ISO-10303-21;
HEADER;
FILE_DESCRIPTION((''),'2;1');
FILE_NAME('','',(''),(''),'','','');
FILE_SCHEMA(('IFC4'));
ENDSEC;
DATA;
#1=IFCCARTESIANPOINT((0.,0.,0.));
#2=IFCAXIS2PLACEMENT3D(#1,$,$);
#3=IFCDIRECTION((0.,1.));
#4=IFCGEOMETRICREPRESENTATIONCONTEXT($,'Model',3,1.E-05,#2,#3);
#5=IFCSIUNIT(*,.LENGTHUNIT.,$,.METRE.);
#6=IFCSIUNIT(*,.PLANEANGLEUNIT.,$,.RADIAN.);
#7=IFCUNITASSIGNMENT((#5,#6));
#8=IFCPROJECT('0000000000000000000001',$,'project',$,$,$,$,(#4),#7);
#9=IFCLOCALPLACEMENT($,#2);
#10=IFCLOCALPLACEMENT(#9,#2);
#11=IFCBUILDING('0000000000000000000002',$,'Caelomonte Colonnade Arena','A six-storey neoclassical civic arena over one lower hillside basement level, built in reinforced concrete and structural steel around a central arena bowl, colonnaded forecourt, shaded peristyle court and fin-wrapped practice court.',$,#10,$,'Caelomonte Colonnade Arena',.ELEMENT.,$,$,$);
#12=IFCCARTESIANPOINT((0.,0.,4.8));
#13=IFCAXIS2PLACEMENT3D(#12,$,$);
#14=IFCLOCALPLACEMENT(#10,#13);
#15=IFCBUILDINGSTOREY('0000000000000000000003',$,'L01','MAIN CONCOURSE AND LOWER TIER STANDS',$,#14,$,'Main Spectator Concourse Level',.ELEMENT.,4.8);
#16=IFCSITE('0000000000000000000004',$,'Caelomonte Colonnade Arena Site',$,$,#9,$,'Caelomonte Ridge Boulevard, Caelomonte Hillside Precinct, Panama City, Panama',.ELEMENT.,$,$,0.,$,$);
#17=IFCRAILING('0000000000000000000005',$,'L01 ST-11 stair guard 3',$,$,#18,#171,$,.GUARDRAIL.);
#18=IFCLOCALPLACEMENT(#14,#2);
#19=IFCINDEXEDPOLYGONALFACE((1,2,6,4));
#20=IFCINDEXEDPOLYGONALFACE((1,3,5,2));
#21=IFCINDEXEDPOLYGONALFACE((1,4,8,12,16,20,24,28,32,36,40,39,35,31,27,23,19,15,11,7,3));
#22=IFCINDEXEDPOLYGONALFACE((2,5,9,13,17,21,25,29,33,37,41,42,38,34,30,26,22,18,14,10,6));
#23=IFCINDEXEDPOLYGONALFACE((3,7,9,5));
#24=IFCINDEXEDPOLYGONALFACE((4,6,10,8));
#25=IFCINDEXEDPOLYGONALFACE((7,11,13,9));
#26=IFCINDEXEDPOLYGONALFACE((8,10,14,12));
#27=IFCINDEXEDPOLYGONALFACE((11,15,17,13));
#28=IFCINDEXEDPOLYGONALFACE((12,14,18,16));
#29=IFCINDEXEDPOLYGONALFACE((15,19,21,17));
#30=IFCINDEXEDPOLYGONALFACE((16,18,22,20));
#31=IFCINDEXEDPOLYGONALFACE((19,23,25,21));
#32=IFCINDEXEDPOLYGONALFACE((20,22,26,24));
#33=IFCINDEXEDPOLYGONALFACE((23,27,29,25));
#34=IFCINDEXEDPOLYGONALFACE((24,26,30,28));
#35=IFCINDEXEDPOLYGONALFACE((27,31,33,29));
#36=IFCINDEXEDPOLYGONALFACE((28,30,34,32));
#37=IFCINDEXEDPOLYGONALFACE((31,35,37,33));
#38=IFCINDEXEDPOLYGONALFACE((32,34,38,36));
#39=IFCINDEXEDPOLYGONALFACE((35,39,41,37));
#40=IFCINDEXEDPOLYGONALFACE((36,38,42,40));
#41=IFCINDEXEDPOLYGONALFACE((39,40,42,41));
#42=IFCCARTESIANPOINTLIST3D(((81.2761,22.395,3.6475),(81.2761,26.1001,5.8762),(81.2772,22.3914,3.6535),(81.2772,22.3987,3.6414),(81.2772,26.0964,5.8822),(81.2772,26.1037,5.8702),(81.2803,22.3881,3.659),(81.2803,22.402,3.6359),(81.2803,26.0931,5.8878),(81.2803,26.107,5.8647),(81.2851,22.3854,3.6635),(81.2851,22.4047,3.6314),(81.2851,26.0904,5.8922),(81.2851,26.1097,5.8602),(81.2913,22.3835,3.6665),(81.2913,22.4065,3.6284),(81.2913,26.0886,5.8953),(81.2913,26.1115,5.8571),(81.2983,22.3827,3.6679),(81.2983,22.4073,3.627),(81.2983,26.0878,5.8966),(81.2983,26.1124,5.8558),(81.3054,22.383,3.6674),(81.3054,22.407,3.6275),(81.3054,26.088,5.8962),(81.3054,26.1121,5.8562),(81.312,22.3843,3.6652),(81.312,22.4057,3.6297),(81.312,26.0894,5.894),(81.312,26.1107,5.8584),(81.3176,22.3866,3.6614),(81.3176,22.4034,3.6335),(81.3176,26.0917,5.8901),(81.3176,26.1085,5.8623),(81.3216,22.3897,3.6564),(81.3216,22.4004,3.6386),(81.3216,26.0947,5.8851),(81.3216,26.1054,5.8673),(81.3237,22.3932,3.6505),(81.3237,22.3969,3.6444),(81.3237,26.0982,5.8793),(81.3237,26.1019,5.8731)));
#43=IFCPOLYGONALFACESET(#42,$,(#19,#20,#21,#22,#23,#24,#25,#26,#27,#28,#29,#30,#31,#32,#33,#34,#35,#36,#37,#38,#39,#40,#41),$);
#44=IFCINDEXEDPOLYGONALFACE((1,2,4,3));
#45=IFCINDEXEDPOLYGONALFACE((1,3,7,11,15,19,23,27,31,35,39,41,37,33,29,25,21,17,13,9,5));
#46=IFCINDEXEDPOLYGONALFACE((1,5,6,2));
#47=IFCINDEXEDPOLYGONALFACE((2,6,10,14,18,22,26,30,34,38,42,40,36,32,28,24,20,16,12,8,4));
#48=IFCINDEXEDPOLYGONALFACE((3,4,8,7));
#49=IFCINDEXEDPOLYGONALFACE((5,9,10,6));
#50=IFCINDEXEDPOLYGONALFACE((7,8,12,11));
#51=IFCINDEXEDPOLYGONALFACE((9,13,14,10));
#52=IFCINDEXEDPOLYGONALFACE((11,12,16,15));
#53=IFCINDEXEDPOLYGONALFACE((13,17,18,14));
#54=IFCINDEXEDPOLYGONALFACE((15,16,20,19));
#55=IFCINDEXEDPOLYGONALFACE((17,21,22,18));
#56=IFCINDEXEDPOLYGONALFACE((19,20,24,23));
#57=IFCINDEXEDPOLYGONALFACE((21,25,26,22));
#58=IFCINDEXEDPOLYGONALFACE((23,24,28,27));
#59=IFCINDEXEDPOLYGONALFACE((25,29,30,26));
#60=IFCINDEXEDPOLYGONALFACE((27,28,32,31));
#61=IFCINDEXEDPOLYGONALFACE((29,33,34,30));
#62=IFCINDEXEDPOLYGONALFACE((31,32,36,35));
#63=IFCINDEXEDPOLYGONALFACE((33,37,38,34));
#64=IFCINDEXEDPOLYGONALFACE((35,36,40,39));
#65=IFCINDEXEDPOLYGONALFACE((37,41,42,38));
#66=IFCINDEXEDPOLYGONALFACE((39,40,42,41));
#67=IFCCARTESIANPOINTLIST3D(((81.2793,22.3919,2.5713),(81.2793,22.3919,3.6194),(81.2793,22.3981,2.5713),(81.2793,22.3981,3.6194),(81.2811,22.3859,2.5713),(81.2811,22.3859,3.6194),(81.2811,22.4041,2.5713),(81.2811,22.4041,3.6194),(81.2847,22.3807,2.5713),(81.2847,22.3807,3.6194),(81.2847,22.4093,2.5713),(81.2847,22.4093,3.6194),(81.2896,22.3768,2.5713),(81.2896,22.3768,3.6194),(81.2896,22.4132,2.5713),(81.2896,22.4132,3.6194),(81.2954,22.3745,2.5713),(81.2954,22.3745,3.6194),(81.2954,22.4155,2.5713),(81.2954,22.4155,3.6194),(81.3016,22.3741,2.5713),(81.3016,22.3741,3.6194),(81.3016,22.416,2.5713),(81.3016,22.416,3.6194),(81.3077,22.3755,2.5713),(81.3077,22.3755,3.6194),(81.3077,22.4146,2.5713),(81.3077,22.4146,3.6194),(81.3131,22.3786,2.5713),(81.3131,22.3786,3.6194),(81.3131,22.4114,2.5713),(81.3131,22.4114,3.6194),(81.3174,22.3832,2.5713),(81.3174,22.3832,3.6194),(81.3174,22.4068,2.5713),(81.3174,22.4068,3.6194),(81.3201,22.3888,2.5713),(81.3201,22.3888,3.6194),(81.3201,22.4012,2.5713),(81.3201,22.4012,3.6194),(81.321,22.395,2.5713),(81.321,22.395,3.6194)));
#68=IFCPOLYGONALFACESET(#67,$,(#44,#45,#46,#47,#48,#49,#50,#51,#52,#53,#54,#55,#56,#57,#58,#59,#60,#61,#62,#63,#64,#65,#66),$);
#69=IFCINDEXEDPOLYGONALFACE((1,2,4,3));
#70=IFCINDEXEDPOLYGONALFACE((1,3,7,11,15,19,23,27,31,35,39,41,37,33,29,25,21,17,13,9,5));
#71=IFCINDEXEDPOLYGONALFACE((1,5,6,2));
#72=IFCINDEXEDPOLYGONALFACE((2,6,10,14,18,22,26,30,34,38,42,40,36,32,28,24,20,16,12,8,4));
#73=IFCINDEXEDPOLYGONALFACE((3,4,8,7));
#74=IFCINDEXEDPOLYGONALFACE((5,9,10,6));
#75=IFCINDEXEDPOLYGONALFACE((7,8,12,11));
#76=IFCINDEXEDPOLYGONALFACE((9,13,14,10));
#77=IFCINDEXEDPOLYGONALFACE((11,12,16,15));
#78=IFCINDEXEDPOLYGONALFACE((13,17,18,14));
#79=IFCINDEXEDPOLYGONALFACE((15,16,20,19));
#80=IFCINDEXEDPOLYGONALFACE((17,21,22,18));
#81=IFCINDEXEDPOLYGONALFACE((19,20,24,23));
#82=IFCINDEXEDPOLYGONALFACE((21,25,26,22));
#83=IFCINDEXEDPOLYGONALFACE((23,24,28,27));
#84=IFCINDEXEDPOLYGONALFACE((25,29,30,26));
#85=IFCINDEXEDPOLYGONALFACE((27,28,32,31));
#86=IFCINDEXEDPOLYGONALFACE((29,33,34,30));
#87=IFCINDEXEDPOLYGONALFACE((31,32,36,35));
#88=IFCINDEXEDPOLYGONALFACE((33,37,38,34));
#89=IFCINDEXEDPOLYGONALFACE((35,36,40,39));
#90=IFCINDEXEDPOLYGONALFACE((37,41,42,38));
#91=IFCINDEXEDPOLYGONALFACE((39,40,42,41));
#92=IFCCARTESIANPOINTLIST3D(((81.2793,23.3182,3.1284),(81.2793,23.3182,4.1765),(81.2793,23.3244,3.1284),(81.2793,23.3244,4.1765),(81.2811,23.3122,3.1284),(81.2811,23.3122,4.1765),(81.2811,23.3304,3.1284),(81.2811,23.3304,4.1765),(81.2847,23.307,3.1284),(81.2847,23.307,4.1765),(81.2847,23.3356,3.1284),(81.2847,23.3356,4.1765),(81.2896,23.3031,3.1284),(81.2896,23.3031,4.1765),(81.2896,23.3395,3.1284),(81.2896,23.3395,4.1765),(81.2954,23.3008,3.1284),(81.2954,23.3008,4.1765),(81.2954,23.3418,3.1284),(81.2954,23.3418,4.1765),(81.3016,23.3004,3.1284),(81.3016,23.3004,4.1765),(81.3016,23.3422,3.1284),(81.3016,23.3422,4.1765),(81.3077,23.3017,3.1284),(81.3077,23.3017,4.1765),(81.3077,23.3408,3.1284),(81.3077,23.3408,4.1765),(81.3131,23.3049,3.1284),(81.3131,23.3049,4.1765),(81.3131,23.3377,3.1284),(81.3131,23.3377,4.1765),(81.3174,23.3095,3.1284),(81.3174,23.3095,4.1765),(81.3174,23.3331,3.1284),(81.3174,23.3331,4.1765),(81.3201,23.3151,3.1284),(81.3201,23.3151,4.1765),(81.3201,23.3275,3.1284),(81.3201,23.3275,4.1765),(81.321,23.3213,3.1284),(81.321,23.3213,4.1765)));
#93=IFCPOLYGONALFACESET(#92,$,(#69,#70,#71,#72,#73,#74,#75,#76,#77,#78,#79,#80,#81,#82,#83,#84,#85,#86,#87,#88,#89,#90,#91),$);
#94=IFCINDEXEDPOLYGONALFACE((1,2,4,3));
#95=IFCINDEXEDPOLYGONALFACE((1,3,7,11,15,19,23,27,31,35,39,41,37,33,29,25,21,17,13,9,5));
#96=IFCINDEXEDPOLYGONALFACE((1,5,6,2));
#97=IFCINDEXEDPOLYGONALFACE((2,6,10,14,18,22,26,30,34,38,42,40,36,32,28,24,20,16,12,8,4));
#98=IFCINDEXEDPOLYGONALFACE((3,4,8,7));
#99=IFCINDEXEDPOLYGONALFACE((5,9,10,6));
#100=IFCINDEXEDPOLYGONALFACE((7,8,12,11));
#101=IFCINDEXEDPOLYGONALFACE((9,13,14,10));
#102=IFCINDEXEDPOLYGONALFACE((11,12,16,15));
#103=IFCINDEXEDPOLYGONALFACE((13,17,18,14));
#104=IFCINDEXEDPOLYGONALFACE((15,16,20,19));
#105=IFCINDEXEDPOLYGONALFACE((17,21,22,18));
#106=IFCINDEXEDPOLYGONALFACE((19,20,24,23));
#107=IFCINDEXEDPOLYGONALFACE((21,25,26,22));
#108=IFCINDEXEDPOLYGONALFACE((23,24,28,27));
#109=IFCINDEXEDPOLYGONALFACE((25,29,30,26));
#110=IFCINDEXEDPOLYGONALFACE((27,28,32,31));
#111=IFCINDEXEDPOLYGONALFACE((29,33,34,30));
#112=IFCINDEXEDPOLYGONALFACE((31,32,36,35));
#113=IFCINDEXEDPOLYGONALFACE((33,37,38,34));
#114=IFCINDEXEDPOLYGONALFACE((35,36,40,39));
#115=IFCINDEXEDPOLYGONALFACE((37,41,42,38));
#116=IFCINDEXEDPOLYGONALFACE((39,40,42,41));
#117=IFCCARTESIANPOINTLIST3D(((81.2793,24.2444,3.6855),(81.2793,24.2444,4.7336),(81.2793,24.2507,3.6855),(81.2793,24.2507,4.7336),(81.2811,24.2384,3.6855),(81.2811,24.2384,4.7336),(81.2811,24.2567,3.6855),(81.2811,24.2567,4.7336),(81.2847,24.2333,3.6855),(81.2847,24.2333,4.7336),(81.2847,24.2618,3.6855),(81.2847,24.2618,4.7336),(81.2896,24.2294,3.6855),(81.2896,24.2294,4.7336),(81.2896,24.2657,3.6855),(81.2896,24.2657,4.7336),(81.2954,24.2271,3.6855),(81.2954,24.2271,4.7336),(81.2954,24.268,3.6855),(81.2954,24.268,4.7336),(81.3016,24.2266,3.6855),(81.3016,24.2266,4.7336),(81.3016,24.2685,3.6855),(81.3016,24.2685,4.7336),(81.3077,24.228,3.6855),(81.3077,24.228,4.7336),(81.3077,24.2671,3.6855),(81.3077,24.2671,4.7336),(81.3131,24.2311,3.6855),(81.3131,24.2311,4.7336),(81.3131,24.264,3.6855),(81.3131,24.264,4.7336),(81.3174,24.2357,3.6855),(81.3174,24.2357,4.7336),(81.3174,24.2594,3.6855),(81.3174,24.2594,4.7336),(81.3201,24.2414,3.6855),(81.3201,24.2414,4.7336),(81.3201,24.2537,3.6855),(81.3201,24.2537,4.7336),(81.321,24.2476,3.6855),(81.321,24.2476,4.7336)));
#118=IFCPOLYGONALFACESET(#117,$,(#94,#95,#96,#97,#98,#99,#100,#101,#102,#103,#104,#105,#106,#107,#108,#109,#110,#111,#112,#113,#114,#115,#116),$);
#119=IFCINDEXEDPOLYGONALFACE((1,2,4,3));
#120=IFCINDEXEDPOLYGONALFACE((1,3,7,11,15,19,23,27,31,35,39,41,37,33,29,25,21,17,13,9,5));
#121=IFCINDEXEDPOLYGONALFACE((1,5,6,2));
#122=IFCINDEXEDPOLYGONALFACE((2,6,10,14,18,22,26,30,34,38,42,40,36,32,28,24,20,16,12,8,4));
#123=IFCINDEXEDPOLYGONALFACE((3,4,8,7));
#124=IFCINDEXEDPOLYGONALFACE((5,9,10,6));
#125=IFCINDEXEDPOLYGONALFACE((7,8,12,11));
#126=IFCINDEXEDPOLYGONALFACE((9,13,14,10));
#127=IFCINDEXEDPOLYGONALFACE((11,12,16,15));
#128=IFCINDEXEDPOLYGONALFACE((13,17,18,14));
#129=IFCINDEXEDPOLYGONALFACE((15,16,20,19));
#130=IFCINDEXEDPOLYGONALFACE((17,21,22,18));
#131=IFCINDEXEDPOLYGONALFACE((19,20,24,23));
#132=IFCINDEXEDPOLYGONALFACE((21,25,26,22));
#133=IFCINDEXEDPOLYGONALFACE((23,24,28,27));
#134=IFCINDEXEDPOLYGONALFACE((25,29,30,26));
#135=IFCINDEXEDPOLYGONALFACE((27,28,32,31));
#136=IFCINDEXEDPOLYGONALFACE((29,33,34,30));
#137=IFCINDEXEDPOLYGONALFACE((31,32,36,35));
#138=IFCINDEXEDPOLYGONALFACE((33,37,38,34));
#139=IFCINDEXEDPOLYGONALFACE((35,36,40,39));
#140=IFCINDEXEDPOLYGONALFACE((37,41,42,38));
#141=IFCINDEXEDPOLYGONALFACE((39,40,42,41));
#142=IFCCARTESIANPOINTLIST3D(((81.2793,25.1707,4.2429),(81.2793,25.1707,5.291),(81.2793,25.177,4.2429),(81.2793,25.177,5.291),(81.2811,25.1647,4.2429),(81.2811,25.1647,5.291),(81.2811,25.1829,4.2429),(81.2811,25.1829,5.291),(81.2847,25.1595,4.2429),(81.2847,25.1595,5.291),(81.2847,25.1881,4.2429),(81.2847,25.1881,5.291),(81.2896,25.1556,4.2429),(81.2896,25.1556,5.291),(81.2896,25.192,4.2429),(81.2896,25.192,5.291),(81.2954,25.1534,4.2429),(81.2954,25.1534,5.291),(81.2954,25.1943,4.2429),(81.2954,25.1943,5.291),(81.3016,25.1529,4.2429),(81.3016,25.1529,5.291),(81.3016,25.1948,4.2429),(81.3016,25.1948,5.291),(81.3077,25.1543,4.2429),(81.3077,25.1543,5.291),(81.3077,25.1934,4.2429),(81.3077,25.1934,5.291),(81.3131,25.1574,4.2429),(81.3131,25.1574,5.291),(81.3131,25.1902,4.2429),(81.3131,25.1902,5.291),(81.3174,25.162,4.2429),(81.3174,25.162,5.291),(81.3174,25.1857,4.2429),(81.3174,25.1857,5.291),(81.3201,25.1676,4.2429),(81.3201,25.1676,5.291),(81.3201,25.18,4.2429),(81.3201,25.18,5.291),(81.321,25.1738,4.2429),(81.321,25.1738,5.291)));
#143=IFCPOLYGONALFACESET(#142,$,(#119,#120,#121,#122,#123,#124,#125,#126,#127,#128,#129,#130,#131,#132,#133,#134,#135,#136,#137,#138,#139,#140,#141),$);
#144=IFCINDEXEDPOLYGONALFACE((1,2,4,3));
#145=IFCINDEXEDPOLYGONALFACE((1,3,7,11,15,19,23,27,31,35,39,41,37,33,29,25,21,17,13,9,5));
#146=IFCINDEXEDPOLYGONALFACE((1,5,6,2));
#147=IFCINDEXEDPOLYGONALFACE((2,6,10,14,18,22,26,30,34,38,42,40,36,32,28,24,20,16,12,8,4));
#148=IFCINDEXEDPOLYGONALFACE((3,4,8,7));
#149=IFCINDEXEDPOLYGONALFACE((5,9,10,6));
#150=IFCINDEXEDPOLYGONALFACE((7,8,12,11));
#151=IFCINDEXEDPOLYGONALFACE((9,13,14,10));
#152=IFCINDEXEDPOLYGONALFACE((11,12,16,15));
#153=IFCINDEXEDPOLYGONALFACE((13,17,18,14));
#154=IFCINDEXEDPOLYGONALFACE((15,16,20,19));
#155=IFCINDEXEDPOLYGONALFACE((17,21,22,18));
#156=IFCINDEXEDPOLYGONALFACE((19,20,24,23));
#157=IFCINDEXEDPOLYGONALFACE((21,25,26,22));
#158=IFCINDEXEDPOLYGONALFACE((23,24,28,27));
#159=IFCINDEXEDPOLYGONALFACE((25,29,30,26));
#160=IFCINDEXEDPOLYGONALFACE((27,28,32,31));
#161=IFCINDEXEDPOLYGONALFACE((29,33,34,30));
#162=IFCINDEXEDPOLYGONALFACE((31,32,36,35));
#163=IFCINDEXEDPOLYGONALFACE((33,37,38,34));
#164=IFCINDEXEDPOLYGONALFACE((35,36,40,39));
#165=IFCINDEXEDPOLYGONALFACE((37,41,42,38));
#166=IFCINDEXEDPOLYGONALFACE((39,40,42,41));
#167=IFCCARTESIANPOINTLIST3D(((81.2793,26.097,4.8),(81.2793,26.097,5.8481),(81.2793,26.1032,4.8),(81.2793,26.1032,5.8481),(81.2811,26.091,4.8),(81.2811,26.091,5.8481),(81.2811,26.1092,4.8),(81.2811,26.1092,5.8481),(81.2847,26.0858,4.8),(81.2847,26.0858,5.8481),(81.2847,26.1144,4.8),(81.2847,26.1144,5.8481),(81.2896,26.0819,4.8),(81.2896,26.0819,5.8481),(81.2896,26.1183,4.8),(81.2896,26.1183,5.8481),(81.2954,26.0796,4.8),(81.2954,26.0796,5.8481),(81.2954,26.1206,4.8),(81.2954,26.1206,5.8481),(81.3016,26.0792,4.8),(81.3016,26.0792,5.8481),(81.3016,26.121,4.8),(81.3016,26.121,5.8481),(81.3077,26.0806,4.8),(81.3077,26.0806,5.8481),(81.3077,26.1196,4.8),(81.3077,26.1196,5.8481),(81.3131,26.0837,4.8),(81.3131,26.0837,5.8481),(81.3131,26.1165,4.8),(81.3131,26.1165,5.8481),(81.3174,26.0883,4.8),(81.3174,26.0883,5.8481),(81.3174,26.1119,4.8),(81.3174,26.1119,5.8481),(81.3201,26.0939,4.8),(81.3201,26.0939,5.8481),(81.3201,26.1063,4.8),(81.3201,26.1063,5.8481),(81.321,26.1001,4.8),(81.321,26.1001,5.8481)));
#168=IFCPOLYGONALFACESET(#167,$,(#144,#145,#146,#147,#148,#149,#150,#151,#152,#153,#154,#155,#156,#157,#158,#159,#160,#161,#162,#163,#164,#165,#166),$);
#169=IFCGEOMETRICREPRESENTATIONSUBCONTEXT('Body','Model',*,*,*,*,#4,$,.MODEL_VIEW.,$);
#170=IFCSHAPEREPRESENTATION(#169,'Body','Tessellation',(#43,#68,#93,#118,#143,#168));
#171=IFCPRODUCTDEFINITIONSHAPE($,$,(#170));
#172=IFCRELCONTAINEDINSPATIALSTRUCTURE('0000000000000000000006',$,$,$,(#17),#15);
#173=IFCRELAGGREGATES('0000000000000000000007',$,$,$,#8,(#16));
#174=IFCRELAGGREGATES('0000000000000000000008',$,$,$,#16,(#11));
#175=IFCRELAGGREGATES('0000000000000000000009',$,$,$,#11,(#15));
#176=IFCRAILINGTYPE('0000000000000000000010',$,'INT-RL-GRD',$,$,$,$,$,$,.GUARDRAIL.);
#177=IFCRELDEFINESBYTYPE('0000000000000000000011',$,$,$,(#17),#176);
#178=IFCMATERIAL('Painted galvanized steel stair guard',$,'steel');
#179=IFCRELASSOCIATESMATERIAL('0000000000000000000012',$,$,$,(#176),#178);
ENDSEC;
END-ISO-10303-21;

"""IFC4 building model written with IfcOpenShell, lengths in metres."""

from ifc_helpers import new_model, si_unit, direction, frame, origin, origin_2d, place, context, subcontext, project, spatial, circle, extrude, material, type_object, element, save


model = new_model("IFC4")

# Units and contexts
model_context = context("Model", 3, precision=1e-05, world=origin(), true_north=direction((0.0, 1.0)))
body_context = subcontext(model_context, "Body", "Model", "MODEL_VIEW")
ifc_project = project(units=[si_unit("LENGTHUNIT", "METRE"), si_unit("PLANEANGLEUNIT", "RADIAN")], contexts=[model_context])

# Site, building, storey
site_placement = place(None, origin())
site = spatial("IfcSite", under=ifc_project, at=site_placement, Name="Caelomonte Colonnade Arena Site", LongName="Caelomonte Ridge Boulevard, Caelomonte Hillside Precinct, Panama City, Panama", CompositionType="ELEMENT", RefElevation=0.0)
building_placement = place(site_placement, origin())
building = spatial("IfcBuilding", under=site, at=building_placement, Name="Caelomonte Colonnade Arena", Description="A six-storey neoclassical civic arena over one lower hillside basement level, built in reinforced concrete and structural steel around a central arena bowl, colonnaded forecourt, shaded peristyle court and fin-wrapped practice court.", LongName="Caelomonte Colonnade Arena", CompositionType="ELEMENT")
storey_placement = place(building_placement, frame((0.0, 0.0, 4.8)))
storey = spatial("IfcBuildingStorey", under=building, at=storey_placement, Name="L01", Description="MAIN CONCOURSE AND LOWER TIER STANDS", LongName="Main Spectator Concourse Level", CompositionType="ELEMENT", Elevation=4.8)

# Railing
ifc_material_1 = material(Name="Painted galvanized steel stair guard", Category="steel")
railing_type_1 = type_object("IfcRailingType", Name="INT-RL-GRD", PredefinedType="GUARDRAIL", material=ifc_material_1)
railing_1_placement = place(storey_placement, frame((81.3, 22.395, 2.5713)))
element("IfcRailing", 1, at=railing_1_placement, inside=storey, type_object=railing_type_1, Name="L01 ST-11 stair guard 3", PredefinedType="GUARDRAIL", context=body_context, shape_type="SweptSolid", body=[
    extrude(circle(Radius=0.0239, at=origin_2d()), frame((0.0, 0.0, 1.0762), z_axis=(0.0, 0.856909, 0.515467), x_axis=(-1.0, 0.0, 0.0)), (0.0, 0.0, 1.0), 4.3237),
    extrude(circle(Radius=0.021, at=origin_2d()), origin(), (0.0, 0.0, 1.0), 1.0481),
    extrude(circle(Radius=0.021, at=origin_2d()), frame((0.0, 0.9263, 0.5571)), (0.0, 0.0, 1.0), 1.0481),
    extrude(circle(Radius=0.021, at=origin_2d()), frame((0.0, 1.8525, 1.1143)), (0.0, 0.0, 1.0), 1.0481),
    extrude(circle(Radius=0.021, at=origin_2d()), frame((0.0, 2.7788, 1.6716)), (0.0, 0.0, 1.0), 1.0481),
    extrude(circle(Radius=0.021, at=origin_2d()), frame((0.0, 3.7051, 2.2288)), (0.0, 0.0, 1.0), 1.0481),
])

save(model, "model.ifc")
